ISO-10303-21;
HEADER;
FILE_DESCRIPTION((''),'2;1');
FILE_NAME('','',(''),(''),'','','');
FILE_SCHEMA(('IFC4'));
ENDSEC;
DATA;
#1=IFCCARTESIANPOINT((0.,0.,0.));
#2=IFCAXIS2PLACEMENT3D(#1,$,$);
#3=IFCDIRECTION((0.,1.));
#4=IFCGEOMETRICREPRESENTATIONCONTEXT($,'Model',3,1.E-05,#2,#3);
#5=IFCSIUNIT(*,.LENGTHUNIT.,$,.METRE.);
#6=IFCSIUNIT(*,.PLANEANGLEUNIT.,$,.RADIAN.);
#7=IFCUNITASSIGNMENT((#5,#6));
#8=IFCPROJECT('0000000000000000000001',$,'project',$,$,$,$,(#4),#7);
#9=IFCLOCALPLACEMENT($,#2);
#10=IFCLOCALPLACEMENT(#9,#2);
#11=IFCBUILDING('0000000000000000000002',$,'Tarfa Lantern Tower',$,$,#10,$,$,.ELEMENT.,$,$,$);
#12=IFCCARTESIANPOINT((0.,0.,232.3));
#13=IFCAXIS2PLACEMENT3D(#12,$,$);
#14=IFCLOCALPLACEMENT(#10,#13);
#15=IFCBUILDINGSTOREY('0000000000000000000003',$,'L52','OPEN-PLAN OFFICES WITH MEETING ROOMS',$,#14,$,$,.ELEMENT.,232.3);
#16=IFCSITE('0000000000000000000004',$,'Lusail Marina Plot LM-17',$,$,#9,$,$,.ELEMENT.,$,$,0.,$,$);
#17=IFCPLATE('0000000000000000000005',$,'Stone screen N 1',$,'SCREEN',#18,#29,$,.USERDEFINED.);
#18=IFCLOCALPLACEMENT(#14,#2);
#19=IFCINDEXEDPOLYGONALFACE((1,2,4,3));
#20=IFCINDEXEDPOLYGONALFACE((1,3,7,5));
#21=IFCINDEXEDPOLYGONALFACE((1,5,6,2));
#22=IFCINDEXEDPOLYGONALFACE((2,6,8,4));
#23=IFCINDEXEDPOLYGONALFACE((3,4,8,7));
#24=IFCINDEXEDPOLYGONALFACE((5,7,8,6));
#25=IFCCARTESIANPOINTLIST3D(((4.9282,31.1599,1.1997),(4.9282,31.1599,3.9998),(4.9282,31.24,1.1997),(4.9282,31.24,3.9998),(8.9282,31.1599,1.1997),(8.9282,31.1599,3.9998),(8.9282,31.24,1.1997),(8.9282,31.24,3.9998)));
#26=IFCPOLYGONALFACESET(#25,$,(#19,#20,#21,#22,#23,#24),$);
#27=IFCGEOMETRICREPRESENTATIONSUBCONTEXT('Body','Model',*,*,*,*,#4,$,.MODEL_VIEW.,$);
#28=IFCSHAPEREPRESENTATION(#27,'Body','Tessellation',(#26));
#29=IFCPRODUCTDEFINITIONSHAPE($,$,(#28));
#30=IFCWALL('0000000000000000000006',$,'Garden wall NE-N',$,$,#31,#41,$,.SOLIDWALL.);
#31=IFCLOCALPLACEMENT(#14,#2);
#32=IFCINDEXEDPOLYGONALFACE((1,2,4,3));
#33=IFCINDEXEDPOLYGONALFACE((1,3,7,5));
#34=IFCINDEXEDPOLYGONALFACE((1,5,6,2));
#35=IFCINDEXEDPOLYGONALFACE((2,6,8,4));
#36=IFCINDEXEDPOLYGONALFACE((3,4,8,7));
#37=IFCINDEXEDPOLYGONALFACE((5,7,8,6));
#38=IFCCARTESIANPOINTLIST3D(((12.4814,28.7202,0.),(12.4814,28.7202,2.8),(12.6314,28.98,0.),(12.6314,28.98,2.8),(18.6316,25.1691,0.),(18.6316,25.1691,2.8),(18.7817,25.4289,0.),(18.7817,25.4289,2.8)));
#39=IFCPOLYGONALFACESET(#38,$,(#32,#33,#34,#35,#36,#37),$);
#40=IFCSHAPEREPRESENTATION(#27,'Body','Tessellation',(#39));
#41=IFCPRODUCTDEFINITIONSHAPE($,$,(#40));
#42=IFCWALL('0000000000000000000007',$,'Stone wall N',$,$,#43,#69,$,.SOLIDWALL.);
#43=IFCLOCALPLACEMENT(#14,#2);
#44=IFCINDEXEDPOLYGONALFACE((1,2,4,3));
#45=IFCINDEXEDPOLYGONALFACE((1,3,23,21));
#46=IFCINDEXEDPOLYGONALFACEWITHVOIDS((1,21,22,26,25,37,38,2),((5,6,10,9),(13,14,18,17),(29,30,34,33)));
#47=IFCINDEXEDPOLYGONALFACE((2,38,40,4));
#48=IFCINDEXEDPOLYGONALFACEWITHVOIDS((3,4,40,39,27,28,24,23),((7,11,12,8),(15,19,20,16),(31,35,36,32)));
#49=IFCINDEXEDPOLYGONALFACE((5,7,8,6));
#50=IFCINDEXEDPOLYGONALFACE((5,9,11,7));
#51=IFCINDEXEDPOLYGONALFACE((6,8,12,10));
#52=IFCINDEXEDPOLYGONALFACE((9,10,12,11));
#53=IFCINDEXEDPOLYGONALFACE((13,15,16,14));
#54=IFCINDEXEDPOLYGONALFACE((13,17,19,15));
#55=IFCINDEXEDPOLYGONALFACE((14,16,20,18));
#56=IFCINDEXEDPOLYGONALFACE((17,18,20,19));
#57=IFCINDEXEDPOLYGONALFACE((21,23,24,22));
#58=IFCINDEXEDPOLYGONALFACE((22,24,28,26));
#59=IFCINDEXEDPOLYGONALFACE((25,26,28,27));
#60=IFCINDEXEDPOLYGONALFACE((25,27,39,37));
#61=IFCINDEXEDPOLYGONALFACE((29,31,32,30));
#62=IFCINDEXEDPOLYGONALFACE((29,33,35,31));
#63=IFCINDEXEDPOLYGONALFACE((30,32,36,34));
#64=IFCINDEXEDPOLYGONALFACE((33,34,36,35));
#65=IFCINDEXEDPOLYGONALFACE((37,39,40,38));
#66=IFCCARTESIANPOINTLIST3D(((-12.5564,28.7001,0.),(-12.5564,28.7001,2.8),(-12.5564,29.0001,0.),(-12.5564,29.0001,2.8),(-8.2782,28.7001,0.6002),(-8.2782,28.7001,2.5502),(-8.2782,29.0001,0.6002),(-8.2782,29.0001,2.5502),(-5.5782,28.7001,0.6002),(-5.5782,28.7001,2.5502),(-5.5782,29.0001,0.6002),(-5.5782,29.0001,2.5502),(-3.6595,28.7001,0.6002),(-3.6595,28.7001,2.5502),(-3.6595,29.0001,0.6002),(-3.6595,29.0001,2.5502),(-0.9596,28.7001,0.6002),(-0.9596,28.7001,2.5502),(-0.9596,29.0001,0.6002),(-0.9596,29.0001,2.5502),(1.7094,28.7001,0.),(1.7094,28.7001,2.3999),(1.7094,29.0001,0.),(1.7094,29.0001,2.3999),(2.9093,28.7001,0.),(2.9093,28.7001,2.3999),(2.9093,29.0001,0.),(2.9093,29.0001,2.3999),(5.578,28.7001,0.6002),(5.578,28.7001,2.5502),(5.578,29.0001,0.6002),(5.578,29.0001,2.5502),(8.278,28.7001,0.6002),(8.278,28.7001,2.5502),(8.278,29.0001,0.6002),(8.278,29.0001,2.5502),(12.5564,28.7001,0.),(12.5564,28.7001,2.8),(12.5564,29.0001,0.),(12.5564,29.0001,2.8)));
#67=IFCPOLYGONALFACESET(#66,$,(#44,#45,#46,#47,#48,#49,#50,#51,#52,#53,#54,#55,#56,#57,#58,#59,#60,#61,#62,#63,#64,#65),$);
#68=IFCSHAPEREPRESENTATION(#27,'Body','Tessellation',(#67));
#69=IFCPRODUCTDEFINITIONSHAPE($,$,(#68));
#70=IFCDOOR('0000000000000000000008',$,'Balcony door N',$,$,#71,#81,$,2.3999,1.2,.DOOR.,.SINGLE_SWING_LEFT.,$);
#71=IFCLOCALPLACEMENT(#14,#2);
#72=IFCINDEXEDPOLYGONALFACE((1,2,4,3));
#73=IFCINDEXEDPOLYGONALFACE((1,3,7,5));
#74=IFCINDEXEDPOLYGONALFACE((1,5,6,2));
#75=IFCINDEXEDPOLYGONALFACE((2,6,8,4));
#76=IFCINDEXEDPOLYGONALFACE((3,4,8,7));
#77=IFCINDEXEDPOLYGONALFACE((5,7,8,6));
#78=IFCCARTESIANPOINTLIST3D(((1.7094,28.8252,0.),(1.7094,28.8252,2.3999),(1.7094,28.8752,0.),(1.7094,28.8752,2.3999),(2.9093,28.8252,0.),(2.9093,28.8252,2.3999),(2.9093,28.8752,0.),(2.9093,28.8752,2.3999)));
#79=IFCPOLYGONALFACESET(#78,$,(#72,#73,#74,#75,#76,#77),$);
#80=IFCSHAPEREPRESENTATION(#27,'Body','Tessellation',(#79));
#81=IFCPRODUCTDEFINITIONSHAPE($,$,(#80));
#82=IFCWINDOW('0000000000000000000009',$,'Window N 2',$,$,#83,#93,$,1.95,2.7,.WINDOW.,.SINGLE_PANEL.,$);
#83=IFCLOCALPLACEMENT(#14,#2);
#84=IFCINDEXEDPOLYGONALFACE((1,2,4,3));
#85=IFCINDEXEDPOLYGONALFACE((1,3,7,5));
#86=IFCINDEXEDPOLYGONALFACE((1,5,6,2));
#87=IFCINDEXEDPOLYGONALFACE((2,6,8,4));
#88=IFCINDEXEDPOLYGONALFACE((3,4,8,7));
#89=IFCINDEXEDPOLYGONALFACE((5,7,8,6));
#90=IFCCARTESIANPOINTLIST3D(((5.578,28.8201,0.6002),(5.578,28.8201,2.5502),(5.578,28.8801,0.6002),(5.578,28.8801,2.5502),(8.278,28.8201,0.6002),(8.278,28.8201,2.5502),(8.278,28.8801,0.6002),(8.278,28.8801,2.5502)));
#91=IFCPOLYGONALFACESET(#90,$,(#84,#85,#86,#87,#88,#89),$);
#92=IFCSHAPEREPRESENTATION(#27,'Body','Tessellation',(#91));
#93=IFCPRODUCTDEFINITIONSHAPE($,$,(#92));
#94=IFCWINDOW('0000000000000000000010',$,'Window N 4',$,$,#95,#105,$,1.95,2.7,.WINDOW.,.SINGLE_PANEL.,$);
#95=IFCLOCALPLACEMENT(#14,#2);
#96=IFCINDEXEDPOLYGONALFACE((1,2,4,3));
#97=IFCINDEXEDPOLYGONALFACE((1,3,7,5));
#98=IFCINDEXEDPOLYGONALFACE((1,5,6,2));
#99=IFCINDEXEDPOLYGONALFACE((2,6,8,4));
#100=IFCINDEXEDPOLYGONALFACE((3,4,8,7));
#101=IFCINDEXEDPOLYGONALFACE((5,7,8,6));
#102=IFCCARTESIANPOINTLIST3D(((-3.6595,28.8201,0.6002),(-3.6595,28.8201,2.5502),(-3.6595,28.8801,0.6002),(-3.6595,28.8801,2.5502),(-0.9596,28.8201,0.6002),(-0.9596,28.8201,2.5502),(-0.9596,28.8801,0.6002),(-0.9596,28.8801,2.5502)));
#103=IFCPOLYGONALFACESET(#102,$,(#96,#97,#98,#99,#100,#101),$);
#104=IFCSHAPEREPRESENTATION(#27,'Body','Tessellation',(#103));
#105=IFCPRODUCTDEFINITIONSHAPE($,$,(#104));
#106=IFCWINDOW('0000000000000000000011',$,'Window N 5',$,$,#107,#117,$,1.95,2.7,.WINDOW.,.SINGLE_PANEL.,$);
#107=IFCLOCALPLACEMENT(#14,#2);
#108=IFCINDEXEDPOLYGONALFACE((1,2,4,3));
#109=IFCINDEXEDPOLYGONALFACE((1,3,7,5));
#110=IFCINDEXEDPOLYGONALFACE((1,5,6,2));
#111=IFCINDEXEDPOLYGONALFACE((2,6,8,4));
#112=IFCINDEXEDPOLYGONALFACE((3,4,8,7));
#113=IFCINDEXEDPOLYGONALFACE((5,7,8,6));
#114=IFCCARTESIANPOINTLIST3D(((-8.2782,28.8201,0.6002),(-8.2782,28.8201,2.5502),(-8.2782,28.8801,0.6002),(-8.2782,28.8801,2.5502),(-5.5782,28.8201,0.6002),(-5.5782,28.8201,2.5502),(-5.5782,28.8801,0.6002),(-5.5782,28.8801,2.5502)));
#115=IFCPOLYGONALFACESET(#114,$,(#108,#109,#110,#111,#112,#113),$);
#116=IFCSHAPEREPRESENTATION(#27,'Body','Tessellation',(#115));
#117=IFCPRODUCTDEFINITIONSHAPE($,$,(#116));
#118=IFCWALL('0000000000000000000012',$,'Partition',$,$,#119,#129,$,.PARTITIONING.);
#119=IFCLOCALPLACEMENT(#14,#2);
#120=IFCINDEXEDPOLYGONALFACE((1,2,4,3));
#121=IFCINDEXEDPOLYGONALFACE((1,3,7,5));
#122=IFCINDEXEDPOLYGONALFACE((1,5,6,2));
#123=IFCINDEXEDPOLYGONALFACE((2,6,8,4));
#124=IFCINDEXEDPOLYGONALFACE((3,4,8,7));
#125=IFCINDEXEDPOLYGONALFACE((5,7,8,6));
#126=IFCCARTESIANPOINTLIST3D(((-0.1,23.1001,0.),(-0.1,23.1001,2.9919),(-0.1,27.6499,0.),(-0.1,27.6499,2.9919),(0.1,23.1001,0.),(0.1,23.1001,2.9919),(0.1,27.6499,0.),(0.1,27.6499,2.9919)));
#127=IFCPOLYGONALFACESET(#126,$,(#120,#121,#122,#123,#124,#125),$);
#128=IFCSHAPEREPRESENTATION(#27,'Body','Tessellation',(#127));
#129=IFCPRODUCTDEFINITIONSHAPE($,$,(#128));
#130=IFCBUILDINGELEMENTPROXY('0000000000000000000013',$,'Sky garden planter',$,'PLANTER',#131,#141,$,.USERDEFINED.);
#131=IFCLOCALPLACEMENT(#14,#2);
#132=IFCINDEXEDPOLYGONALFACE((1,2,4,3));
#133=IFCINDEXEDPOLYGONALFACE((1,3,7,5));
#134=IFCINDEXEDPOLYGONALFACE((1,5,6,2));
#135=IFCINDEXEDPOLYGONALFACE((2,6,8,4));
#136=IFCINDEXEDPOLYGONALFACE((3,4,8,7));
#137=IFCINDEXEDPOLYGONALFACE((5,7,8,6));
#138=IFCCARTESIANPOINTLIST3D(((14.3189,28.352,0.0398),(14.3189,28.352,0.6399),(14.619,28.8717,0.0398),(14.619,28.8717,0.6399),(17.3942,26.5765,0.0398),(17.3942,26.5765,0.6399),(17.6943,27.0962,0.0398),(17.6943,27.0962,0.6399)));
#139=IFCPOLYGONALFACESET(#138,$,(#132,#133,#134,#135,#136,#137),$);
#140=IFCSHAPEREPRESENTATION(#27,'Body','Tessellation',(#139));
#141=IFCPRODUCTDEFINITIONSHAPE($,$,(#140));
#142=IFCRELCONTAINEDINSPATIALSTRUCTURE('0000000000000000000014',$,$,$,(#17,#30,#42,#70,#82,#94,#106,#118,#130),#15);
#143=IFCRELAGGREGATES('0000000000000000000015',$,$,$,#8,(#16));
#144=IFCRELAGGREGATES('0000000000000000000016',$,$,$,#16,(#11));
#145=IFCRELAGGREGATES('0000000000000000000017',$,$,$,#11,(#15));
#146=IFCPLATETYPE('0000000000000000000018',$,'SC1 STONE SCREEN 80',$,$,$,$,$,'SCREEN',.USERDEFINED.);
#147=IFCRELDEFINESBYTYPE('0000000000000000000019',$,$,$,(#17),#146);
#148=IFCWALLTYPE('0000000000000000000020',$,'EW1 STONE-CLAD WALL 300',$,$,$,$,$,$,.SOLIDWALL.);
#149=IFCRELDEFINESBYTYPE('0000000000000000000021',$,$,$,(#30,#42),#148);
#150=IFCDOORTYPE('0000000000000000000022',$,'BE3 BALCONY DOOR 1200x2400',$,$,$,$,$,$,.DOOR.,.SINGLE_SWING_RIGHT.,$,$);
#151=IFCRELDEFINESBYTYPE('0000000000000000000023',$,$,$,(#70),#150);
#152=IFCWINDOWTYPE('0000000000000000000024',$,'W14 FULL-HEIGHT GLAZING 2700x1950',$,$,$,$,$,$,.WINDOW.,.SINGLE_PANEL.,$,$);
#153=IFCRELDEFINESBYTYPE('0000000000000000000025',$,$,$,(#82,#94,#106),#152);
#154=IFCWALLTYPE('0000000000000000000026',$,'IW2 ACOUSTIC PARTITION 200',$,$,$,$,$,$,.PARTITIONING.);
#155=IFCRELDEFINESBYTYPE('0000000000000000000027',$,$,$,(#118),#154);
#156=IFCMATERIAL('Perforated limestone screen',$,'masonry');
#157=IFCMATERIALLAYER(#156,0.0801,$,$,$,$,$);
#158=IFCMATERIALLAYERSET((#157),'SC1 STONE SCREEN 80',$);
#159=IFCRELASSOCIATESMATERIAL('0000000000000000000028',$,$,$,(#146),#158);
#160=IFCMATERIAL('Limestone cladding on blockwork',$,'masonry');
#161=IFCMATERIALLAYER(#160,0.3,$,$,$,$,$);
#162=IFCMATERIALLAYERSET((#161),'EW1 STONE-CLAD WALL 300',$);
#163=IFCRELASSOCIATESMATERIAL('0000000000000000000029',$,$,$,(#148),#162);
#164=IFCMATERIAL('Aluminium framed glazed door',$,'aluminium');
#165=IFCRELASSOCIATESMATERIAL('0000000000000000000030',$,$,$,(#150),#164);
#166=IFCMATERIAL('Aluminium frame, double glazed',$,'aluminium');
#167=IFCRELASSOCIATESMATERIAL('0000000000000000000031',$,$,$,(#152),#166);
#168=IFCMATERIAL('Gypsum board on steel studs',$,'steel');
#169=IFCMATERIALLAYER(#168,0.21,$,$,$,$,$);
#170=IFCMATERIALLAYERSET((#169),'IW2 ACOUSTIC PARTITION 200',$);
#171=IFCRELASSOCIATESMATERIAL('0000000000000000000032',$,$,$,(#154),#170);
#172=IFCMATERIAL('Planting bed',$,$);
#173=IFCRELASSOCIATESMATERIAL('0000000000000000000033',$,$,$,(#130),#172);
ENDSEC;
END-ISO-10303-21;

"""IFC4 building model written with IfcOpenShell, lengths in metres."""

from ifc_helpers import new_model, si_unit, direction, frame, frame_2d, origin, origin_2d, place, context, subcontext, project, spatial, rectangle, extrude, material, layer, layer_set, type_object, element, fill, save


model = new_model("IFC4")

# Units and contexts
model_context = context("Model", 3, precision=1e-05, world=origin(), true_north=direction((0.0, 1.0)))
body_context = subcontext(model_context, "Body", "Model", "MODEL_VIEW")
ifc_project = project(units=[si_unit("LENGTHUNIT", "METRE"), si_unit("PLANEANGLEUNIT", "RADIAN")], contexts=[model_context])

# Site, building, storey
site_placement = place(None, origin())
site = spatial("IfcSite", under=ifc_project, at=site_placement, Name="Lusail Marina Plot LM-17", CompositionType="ELEMENT", RefElevation=0.0)
building_placement = place(site_placement, origin())
building = spatial("IfcBuilding", under=site, at=building_placement, Name="Tarfa Lantern Tower", CompositionType="ELEMENT")
storey_placement = place(building_placement, frame((0.0, 0.0, 232.3)))
storey = spatial("IfcBuildingStorey", under=building, at=storey_placement, Name="L52", Description="OPEN-PLAN OFFICES WITH MEETING ROOMS", CompositionType="ELEMENT", Elevation=232.3)

# Plate
ifc_material_1 = material(Name="Perforated limestone screen", Category="masonry")
ifc_layer_1 = layer(ifc_material_1, 0.0801)
ifc_layer_set_1 = layer_set([ifc_layer_1], Name="SC1 STONE SCREEN 80")
plate_type_1 = type_object("IfcPlateType", Name="SC1 STONE SCREEN 80", ElementType="SCREEN", PredefinedType="USERDEFINED", material=ifc_layer_set_1)
plate_1_placement = place(storey_placement, frame((6.9282, 31.2, 1.1997), z_axis=(0.0, 0.0, 1.0), x_axis=(-1.0, 0.0, 0.0)))
element("IfcPlate", 1, at=plate_1_placement, inside=storey, type_object=plate_type_1, Name="Stone screen N 1", ObjectType="SCREEN", PredefinedType="USERDEFINED", context=body_context, shape_type="SweptSolid", body=[
    extrude(rectangle(XDim=4.0, YDim=0.0801, at=origin_2d()), origin(), (0.0, 0.0, 1.0), 2.8),
])

# Wall
ifc_material_2 = material(Name="Limestone cladding on blockwork", Category="masonry")
ifc_layer_2 = layer(ifc_material_2, 0.3)
ifc_layer_set_2 = layer_set([ifc_layer_2], Name="EW1 STONE-CLAD WALL 300")
wall_type_1 = type_object("IfcWallType", Name="EW1 STONE-CLAD WALL 300", PredefinedType="SOLIDWALL", material=ifc_layer_set_2)
wall_1_placement = place(storey_placement, frame((18.7065, 25.2991, 0.0), z_axis=(0.0, 0.0, 1.0), x_axis=(-0.866011, 0.500025, 0.0)))
element("IfcWall", 2, at=wall_1_placement, inside=storey, type_object=wall_type_1, Name="Garden wall NE-N", PredefinedType="SOLIDWALL", context=body_context, shape_type="SweptSolid", body=[
    extrude(rectangle(XDim=7.1018, YDim=0.3, at=frame_2d((3.5508, 0.0))), origin(), (0.0, 0.0, 1.0), 2.8),
])

# Wall, openings, door, windows
wall_2_placement = place(storey_placement, frame((12.5564, 28.8501, 0.0), z_axis=(0.0, 0.0, 1.0), x_axis=(-1.0, 0.0, 0.0)))
wall_2 = element("IfcWall", 3, at=wall_2_placement, inside=storey, type_object=wall_type_1, Name="Stone wall N", PredefinedType="SOLIDWALL", context=body_context, shape_type="SweptSolid", body=[
    extrude(rectangle(XDim=25.1128, YDim=0.3, at=frame_2d((12.5564, 0.0))), origin(), (0.0, 0.0, 1.0), 2.8),
])
opening_1_placement = place(wall_2_placement, frame((4.2783, 0.0, 0.6001)))
opening_1 = element("IfcOpeningElement", 4, at=opening_1_placement, cuts=wall_2, PredefinedType="OPENING", context=body_context, shape_type="SweptSolid", body=[
    extrude(rectangle(XDim=2.7, YDim=1.95, at=frame_2d((1.3501, 0.9751))), frame((0.0, 0.1599, 0.0), z_axis=(0.0, -1.0, 0.0), x_axis=(1.0, 0.0, 0.0)), (0.0, 0.0, 1.0), 0.3201),
])
opening_2_placement = place(wall_2_placement, frame((9.647, 0.0, 0.0)))
opening_2 = element("IfcOpeningElement", 5, at=opening_2_placement, cuts=wall_2, PredefinedType="OPENING", context=body_context, shape_type="SweptSolid", body=[
    extrude(rectangle(XDim=1.2, YDim=2.3999, at=frame_2d((0.6001, 1.2))), frame((0.0, 0.1599, 0.0), z_axis=(0.0, -1.0, 0.0), x_axis=(1.0, 0.0, 0.0)), (0.0, 0.0, 1.0), 0.3201),
])
opening_3_placement = place(wall_2_placement, frame((13.5159, 0.0, 0.6001)))
opening_3 = element("IfcOpeningElement", 6, at=opening_3_placement, cuts=wall_2, PredefinedType="OPENING", context=body_context, shape_type="SweptSolid", body=[
    extrude(rectangle(XDim=2.7, YDim=1.95, at=frame_2d((1.3501, 0.9751))), frame((0.0, 0.1599, 0.0), z_axis=(0.0, -1.0, 0.0), x_axis=(1.0, 0.0, 0.0)), (0.0, 0.0, 1.0), 0.3201),
])
opening_4_placement = place(wall_2_placement, frame((18.1345, 0.0, 0.6001)))
opening_4 = element("IfcOpeningElement", 7, at=opening_4_placement, cuts=wall_2, PredefinedType="OPENING", context=body_context, shape_type="SweptSolid", body=[
    extrude(rectangle(XDim=2.7, YDim=1.95, at=frame_2d((1.3501, 0.9751))), frame((0.0, 0.1599, 0.0), z_axis=(0.0, -1.0, 0.0), x_axis=(1.0, 0.0, 0.0)), (0.0, 0.0, 1.0), 0.3201),
])
ifc_material_3 = material(Name="Aluminium framed glazed door", Category="aluminium")
door_type = type_object("IfcDoorType", Name="BE3 BALCONY DOOR 1200x2400", OperationType="SINGLE_SWING_RIGHT", PredefinedType="DOOR", material=ifc_material_3)
door_placement = place(opening_2_placement, origin())
door = element("IfcDoor", 8, at=door_placement, inside=storey, type_object=door_type, Name="Balcony door N", OperationType="SINGLE_SWING_LEFT", OverallHeight=2.3999, OverallWidth=1.2, PredefinedType="DOOR", context=body_context, shape_type="SweptSolid", body=[
    extrude(rectangle(XDim=1.2, YDim=2.3999, at=frame_2d((0.6001, 1.2))), frame((0.0, 0.0249, 0.0), z_axis=(0.0, -1.0, 0.0), x_axis=(1.0, 0.0, 0.0)), (0.0, 0.0, 1.0), 0.05),
])
fill(opening_2, door)
ifc_material_4 = material(Name="Aluminium frame, double glazed", Category="aluminium")
window_type = type_object("IfcWindowType", Name="W14 FULL-HEIGHT GLAZING 2700x1950", PartitioningType="SINGLE_PANEL", PredefinedType="WINDOW", material=ifc_material_4)
window_1_placement = place(opening_1_placement, origin())
window_1 = element("IfcWindow", 9, at=window_1_placement, inside=storey, type_object=window_type, Name="Window N 2", OverallHeight=1.95, OverallWidth=2.7, PartitioningType="SINGLE_PANEL", PredefinedType="WINDOW", context=body_context, shape_type="SweptSolid", body=[
    extrude(rectangle(XDim=2.7, YDim=1.95, at=frame_2d((1.3501, 0.9751))), frame((0.0, 0.03, 0.0), z_axis=(0.0, -1.0, 0.0), x_axis=(1.0, 0.0, 0.0)), (0.0, 0.0, 1.0), 0.0601),
])
fill(opening_1, window_1)
window_2_placement = place(opening_3_placement, origin())
window_2 = element("IfcWindow", 10, at=window_2_placement, inside=storey, type_object=window_type, Name="Window N 4", OverallHeight=1.95, OverallWidth=2.7, PartitioningType="SINGLE_PANEL", PredefinedType="WINDOW", context=body_context, shape_type="SweptSolid", body=[
    extrude(rectangle(XDim=2.7, YDim=1.95, at=frame_2d((1.3501, 0.9751))), frame((0.0, 0.03, 0.0), z_axis=(0.0, -1.0, 0.0), x_axis=(1.0, 0.0, 0.0)), (0.0, 0.0, 1.0), 0.0601),
])
fill(opening_3, window_2)
window_3_placement = place(opening_4_placement, origin())
window_3 = element("IfcWindow", 11, at=window_3_placement, inside=storey, type_object=window_type, Name="Window N 5", OverallHeight=1.95, OverallWidth=2.7, PartitioningType="SINGLE_PANEL", PredefinedType="WINDOW", context=body_context, shape_type="SweptSolid", body=[
    extrude(rectangle(XDim=2.7, YDim=1.95, at=frame_2d((1.3501, 0.9751))), frame((0.0, 0.03, 0.0), z_axis=(0.0, -1.0, 0.0), x_axis=(1.0, 0.0, 0.0)), (0.0, 0.0, 1.0), 0.0601),
])
fill(opening_4, window_3)

# Wall
ifc_material_5 = material(Name="Gypsum board on steel studs", Category="steel")
ifc_layer_3 = layer(ifc_material_5, 0.21)
ifc_layer_set_3 = layer_set([ifc_layer_3], Name="IW2 ACOUSTIC PARTITION 200")
wall_type_2 = type_object("IfcWallType", Name="IW2 ACOUSTIC PARTITION 200", PredefinedType="PARTITIONING", material=ifc_layer_set_3)
wall_3_placement = place(storey_placement, frame((0.0, 23.1001, 0.0), z_axis=(0.0, 0.0, 1.0), x_axis=(0.0, 1.0, 0.0)))
element("IfcWall", 12, at=wall_3_placement, inside=storey, type_object=wall_type_2, Name="Partition", PredefinedType="PARTITIONING", context=body_context, shape_type="SweptSolid", body=[
    extrude(rectangle(XDim=4.5498, YDim=0.2, at=frame_2d((2.2749, 0.0))), origin(), (0.0, 0.0, 1.0), 2.9919),
])

# Building element proxy
ifc_material_6 = material(Name="Planting bed")
proxy_placement = place(storey_placement, frame((16.0066, 27.7241, 0.0398), z_axis=(0.0, 0.0, 1.0), x_axis=(-0.866025, 0.5, 0.0)))
element("IfcBuildingElementProxy", 13, at=proxy_placement, inside=storey, material=ifc_material_6, Name="Sky garden planter", ObjectType="PLANTER", PredefinedType="USERDEFINED", context=body_context, shape_type="SweptSolid", body=[
    extrude(rectangle(XDim=3.551, YDim=0.6001, at=origin_2d()), origin(), (0.0, 0.0, 1.0), 0.6001),
])

save(model, "model.ifc")
